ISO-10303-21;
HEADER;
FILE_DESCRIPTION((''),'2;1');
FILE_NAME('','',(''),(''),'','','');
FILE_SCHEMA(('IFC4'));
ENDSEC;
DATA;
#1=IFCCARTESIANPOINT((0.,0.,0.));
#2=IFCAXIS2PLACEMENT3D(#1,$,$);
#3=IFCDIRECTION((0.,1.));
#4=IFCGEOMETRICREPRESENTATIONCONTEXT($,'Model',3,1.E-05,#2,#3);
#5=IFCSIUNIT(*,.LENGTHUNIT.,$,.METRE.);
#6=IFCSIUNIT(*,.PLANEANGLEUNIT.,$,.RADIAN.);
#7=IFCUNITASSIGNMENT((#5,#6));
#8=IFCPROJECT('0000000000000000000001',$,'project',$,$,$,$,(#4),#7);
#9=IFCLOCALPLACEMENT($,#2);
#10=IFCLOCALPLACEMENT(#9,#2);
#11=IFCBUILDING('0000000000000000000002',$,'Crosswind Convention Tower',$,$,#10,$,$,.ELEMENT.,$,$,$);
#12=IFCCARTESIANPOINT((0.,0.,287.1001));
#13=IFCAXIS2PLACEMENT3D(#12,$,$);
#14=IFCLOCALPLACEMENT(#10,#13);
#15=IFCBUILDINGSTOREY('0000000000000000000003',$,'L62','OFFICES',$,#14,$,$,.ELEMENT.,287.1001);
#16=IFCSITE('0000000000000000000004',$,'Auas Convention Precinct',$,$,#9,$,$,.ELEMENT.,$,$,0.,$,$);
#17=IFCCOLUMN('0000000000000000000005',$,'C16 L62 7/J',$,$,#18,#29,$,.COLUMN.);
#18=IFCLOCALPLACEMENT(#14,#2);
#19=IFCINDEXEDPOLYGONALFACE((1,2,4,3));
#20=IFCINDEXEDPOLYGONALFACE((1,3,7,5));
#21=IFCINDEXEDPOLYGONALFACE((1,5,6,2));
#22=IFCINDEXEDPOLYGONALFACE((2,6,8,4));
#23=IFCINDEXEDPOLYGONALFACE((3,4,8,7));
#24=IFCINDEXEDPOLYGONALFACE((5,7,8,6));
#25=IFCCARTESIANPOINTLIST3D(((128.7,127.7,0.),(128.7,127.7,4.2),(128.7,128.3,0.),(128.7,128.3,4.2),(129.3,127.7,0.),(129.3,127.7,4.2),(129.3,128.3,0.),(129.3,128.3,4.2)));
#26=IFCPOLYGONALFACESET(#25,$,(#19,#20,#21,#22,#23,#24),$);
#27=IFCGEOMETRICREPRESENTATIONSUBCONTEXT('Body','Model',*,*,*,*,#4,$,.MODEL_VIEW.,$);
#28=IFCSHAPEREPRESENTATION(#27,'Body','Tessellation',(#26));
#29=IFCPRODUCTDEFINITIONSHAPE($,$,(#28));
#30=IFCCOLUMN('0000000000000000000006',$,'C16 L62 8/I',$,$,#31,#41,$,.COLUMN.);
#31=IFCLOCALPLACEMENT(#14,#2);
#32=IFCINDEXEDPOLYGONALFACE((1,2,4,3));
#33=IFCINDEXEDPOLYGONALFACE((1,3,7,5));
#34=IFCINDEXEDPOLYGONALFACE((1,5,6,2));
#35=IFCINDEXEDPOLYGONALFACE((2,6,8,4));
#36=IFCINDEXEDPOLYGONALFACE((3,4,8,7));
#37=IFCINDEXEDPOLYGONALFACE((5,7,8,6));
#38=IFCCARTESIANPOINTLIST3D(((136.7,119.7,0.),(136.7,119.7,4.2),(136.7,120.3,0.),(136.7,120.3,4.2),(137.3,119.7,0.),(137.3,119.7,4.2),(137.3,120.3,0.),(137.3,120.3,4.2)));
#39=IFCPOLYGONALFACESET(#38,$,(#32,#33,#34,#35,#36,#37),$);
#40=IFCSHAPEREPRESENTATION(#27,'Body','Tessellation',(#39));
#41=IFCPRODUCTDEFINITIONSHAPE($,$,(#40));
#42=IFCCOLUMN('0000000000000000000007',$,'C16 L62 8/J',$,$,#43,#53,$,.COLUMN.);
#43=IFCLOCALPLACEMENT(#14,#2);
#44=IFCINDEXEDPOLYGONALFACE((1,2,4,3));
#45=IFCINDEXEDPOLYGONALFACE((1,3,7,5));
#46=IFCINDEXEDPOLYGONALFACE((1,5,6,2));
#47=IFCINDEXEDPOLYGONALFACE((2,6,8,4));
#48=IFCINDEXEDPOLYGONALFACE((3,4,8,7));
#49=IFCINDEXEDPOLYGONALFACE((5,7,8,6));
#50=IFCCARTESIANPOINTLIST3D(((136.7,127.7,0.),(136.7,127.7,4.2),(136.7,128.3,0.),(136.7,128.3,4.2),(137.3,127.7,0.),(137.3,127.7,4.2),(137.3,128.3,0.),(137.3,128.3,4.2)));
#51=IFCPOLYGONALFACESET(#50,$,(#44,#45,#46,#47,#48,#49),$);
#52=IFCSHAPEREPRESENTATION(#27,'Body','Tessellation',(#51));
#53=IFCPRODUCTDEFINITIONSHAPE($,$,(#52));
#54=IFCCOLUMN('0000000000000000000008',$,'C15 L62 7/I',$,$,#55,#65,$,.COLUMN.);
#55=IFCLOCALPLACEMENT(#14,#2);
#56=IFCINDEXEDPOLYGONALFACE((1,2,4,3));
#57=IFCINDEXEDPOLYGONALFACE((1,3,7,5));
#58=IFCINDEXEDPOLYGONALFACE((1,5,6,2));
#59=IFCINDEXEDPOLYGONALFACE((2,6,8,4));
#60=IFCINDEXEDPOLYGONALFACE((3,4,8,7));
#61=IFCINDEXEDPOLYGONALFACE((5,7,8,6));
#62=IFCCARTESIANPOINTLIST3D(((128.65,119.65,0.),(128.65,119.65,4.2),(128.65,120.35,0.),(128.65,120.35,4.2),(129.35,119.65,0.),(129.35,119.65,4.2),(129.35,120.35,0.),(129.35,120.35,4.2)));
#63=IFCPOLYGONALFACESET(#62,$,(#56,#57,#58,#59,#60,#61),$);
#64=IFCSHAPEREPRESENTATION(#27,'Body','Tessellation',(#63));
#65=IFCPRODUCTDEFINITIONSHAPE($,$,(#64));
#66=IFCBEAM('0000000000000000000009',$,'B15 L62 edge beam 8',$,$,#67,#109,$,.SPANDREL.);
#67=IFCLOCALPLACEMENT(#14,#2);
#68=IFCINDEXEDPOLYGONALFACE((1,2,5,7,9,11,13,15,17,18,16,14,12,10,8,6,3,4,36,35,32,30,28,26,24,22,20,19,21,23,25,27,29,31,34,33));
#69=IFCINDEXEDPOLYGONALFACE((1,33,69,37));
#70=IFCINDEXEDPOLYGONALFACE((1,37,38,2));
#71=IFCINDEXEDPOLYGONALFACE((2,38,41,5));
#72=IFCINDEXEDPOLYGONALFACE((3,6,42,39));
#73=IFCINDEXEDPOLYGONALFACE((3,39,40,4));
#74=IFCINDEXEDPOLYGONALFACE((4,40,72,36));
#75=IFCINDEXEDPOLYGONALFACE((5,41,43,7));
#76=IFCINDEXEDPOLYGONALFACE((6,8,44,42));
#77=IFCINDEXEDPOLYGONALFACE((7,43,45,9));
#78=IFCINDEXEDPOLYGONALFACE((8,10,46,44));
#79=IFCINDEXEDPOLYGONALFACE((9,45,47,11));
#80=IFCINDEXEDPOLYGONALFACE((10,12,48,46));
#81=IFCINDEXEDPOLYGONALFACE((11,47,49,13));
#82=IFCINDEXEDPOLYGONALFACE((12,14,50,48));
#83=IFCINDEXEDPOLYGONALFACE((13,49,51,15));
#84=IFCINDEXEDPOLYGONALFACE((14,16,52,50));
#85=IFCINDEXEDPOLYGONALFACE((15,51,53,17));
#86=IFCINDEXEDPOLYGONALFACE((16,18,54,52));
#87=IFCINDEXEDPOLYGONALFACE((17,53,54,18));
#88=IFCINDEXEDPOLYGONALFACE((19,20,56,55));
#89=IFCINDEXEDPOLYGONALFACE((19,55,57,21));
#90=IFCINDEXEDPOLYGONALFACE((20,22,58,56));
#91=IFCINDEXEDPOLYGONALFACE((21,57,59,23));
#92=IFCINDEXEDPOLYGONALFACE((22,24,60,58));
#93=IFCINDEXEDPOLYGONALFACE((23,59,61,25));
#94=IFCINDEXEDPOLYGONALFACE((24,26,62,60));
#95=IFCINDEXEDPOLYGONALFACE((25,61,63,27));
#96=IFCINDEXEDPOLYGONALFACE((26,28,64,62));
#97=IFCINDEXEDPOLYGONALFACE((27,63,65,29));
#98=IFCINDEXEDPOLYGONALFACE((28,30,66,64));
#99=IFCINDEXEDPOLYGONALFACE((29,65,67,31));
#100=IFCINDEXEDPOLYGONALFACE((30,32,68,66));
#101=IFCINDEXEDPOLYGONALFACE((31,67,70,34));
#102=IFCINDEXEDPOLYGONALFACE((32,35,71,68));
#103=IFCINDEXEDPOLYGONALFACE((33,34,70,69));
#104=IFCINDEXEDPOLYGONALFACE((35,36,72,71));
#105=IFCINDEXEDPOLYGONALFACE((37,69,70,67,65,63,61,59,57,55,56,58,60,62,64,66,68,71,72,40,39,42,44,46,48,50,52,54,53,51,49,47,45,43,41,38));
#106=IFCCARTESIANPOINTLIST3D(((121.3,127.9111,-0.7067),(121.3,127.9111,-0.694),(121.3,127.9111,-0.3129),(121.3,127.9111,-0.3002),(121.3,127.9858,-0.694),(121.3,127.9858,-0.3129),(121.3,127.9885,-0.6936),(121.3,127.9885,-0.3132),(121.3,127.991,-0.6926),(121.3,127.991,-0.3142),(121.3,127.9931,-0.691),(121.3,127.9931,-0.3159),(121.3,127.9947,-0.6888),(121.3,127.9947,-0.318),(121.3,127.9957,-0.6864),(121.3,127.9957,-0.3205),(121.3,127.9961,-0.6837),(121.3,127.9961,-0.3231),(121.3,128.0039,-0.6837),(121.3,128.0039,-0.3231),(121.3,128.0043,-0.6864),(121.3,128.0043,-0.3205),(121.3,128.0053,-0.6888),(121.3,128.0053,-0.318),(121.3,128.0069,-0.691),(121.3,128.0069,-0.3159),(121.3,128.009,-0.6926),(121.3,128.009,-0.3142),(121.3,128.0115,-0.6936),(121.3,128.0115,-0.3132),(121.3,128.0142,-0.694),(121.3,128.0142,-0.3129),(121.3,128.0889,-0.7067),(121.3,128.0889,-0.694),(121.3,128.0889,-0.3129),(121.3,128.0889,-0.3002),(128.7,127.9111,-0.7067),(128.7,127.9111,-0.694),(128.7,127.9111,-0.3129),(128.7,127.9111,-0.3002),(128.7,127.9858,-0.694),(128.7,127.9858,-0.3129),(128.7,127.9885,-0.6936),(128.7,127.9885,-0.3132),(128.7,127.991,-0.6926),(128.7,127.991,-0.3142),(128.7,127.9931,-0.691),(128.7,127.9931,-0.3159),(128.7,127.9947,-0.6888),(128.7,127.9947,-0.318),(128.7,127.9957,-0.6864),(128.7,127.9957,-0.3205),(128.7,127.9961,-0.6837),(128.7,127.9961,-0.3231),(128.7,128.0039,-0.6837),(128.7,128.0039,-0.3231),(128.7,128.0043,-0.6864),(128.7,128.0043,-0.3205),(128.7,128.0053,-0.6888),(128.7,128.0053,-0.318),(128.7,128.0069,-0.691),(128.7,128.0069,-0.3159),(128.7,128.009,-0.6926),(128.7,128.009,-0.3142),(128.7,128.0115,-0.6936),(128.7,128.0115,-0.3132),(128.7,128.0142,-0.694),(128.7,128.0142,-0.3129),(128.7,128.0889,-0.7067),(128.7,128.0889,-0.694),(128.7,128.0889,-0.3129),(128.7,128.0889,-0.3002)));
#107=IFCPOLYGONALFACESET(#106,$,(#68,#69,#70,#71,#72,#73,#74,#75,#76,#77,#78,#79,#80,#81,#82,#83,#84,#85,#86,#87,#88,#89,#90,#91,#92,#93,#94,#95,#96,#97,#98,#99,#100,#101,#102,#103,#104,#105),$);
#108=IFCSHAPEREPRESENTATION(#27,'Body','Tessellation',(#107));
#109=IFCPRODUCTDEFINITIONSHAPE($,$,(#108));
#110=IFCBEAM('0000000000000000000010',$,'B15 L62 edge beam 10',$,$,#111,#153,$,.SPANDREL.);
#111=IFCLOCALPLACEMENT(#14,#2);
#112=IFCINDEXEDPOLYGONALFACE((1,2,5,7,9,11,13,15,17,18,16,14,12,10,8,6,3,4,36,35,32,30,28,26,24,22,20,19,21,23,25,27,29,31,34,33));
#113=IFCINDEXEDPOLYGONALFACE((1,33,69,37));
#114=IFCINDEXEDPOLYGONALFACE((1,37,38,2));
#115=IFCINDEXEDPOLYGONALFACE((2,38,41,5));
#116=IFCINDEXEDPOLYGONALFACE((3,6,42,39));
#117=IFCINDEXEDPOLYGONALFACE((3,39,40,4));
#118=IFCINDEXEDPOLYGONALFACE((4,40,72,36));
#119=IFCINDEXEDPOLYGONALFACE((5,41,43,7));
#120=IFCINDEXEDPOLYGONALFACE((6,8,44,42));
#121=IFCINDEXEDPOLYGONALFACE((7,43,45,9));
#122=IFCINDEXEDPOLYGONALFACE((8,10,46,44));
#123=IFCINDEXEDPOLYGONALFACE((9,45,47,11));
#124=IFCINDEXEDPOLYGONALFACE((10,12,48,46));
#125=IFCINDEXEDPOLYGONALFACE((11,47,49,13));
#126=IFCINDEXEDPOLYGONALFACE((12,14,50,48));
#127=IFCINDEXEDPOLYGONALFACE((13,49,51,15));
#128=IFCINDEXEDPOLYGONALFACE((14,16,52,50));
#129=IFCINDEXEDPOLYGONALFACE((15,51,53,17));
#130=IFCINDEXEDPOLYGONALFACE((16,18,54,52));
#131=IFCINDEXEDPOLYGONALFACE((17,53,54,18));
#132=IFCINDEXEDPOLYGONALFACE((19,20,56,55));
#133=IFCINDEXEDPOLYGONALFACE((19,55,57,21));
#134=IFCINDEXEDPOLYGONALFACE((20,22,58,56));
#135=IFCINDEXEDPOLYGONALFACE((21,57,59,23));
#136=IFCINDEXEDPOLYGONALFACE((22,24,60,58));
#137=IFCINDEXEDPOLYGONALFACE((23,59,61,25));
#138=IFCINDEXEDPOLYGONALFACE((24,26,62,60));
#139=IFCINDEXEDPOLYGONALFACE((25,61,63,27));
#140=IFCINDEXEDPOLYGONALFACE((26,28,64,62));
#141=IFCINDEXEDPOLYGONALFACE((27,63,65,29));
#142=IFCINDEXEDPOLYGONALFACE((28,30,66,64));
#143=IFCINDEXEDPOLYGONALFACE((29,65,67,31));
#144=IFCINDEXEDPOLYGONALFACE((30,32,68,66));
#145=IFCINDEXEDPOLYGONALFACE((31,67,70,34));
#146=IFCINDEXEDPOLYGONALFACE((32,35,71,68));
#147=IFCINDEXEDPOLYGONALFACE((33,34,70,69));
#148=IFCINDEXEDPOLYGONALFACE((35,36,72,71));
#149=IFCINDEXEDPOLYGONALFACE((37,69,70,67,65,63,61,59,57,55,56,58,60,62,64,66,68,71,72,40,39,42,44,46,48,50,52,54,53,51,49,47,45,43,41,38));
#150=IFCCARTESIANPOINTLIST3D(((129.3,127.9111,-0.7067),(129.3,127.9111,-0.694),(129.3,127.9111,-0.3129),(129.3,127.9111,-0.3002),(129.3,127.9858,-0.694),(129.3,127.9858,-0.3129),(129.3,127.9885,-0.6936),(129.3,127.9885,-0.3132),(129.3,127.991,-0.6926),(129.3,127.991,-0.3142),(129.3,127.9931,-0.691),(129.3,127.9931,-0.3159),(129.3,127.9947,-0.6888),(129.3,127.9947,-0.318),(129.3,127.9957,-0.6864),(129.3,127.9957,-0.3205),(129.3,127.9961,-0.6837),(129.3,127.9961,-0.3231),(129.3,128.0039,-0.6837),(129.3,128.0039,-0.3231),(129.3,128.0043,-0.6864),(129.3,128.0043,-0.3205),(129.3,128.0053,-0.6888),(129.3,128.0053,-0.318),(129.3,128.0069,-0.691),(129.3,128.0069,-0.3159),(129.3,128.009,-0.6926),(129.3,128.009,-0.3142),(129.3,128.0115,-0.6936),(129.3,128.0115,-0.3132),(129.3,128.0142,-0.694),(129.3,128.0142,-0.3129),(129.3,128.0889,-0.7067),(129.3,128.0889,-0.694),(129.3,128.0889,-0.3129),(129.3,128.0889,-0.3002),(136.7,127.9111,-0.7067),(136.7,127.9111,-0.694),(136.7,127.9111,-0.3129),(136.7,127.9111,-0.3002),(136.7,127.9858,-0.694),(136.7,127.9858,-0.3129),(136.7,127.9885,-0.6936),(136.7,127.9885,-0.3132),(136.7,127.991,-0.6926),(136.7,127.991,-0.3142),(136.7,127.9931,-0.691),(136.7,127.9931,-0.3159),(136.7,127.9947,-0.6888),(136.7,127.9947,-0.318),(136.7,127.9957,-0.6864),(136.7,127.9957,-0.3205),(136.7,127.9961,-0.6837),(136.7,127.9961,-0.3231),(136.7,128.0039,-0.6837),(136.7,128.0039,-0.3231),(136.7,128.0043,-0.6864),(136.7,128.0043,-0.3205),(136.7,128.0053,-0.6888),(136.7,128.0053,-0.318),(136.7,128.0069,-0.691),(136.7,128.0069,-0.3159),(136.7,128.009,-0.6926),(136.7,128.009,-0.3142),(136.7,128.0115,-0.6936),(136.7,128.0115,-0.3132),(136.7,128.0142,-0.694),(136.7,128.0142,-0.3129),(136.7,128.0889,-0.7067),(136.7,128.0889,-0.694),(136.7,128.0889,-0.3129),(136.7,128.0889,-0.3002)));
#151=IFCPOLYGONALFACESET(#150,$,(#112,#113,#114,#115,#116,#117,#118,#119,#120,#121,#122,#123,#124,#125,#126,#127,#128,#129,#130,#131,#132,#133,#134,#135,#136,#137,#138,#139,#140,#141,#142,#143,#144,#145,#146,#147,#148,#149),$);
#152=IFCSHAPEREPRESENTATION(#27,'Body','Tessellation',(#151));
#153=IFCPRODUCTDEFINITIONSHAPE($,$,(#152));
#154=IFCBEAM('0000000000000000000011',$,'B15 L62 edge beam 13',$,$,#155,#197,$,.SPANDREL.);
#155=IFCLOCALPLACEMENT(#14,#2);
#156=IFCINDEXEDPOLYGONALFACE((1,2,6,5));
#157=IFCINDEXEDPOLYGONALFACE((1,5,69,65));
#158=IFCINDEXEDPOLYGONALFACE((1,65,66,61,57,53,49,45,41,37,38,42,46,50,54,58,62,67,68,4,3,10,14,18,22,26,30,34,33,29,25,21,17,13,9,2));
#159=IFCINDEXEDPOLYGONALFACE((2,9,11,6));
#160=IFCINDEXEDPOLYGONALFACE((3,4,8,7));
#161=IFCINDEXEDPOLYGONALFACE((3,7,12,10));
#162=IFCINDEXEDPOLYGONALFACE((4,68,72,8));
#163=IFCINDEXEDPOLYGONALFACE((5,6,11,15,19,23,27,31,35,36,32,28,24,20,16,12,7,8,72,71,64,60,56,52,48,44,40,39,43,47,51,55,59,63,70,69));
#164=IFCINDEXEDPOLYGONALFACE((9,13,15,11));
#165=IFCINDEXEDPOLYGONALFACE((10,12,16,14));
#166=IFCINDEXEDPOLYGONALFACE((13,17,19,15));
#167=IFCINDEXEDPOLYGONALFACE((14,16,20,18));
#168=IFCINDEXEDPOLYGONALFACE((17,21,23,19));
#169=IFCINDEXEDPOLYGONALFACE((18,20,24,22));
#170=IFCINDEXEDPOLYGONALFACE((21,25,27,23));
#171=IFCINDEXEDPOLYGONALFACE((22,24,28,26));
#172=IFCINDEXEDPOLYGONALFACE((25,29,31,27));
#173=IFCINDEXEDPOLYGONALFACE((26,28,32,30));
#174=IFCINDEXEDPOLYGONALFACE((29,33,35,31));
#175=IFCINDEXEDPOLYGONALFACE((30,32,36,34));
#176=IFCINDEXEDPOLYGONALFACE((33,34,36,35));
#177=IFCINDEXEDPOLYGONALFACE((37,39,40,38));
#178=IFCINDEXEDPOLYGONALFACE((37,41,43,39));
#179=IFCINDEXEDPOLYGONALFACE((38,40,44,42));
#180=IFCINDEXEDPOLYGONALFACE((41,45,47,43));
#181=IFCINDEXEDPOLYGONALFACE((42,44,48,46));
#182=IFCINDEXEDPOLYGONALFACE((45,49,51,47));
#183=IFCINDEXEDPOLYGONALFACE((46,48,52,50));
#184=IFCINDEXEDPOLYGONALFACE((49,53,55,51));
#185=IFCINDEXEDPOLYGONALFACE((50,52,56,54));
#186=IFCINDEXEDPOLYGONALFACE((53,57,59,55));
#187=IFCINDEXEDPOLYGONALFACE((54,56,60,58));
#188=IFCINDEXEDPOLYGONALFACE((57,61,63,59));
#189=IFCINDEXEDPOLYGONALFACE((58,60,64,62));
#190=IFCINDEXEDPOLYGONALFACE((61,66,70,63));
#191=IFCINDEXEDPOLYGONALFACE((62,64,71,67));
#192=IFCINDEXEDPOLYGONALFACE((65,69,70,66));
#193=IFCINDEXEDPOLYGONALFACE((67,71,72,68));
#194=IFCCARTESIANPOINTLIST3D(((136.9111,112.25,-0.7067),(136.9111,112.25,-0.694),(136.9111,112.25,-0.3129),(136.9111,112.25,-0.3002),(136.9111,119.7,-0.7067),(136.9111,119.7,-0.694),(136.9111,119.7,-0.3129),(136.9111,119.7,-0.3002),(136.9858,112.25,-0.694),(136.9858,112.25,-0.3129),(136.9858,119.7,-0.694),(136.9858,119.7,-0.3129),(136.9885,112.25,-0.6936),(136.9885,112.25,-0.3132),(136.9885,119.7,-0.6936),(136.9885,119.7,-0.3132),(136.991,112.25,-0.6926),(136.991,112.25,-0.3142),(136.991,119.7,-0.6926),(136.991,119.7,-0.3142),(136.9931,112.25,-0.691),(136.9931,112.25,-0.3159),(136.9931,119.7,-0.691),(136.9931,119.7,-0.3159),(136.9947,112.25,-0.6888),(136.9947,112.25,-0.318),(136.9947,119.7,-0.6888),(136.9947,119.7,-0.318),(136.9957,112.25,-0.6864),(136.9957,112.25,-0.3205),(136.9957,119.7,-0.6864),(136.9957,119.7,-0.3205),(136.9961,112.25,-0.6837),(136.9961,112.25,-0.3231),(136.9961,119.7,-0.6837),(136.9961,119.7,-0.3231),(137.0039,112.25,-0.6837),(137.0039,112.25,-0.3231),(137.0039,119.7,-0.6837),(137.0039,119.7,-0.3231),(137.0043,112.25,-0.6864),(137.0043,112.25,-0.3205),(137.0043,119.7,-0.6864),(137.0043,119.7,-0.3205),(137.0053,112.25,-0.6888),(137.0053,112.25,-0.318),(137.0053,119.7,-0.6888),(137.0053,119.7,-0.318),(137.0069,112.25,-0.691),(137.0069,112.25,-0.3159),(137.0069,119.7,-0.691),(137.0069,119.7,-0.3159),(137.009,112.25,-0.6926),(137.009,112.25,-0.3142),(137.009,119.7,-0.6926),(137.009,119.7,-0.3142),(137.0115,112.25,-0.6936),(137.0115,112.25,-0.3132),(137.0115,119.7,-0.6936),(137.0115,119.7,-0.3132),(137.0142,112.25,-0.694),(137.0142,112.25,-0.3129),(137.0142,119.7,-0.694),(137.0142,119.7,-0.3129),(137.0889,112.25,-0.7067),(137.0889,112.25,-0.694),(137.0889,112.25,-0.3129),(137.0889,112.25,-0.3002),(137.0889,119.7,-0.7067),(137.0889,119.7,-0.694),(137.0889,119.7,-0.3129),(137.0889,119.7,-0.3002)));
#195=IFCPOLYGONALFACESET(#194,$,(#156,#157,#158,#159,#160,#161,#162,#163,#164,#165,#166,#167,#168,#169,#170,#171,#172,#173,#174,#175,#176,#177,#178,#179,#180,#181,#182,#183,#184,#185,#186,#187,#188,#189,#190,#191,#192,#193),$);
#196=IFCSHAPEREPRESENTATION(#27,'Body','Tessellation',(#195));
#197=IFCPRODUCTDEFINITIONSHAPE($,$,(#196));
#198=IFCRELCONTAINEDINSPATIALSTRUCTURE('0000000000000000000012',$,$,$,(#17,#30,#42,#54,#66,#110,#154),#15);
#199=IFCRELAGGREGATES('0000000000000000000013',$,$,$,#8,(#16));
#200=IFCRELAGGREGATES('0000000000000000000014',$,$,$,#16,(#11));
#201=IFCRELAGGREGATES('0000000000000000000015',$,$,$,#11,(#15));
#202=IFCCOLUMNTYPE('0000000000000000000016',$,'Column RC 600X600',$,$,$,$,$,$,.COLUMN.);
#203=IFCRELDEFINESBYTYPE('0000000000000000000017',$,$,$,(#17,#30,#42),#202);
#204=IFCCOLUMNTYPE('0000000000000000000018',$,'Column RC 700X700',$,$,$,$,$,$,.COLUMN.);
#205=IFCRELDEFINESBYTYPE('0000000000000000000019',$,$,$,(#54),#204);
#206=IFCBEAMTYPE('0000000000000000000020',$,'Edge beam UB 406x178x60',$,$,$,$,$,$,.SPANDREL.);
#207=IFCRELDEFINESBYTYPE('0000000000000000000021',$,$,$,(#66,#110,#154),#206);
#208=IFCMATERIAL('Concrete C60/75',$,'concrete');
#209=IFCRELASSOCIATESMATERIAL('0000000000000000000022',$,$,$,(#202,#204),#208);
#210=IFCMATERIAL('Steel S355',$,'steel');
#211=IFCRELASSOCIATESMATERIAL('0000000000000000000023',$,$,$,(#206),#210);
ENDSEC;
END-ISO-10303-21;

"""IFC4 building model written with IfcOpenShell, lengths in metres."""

from ifc_helpers import new_model, si_unit, direction, frame, origin, origin_2d, place, context, subcontext, project, spatial, rectangle, i_section, extrude, material, material_profile, profile_set, type_object, element, save


model = new_model("IFC4")

# Units and contexts
model_context = context("Model", 3, precision=1e-05, world=origin(), true_north=direction((0.0, 1.0)))
body_context = subcontext(model_context, "Body", "Model", "MODEL_VIEW")
ifc_project = project(units=[si_unit("LENGTHUNIT", "METRE"), si_unit("PLANEANGLEUNIT", "RADIAN")], contexts=[model_context])

# Site, building, storey
site_placement = place(None, origin())
site = spatial("IfcSite", under=ifc_project, at=site_placement, Name="Auas Convention Precinct", CompositionType="ELEMENT", RefElevation=0.0)
building_placement = place(site_placement, origin())
building = spatial("IfcBuilding", under=site, at=building_placement, Name="Crosswind Convention Tower", CompositionType="ELEMENT")
storey_placement = place(building_placement, frame((0.0, 0.0, 287.1001)))
storey = spatial("IfcBuildingStorey", under=building, at=storey_placement, Name="L62", Description="OFFICES", CompositionType="ELEMENT", Elevation=287.1001)

# Columns
ifc_material_1 = material(Name="Concrete C60/75", Category="concrete")
ifc_material_profile_1 = material_profile(ifc_material_1, rectangle(XDim=0.6001, YDim=0.6001, at=origin_2d()), Name="RC 600X600")
ifc_profile_set_1 = profile_set([ifc_material_profile_1], Name="Concrete C60/75")
column_type_1 = type_object("IfcColumnType", Name="Column RC 600X600", PredefinedType="COLUMN", material=ifc_profile_set_1)
for number, where, z_axis, x_axis, name in (
    (1, (129.0, 128.0, 0.0), (0.0, 0.0, 1.0), (1.0, 0.0, 0.0), "C16 L62 7/J"),
    (2, (137.0, 120.0, 0.0), (0.0, 0.0, 1.0), (1.0, 0.0, 0.0), "C16 L62 8/I"),
    (3, (137.0, 128.0, 0.0), (0.0, 0.0, 1.0), (1.0, 0.0, 0.0), "C16 L62 8/J"),
):
    element("IfcColumn", number, at=place(storey_placement, frame(where, z_axis=z_axis, x_axis=x_axis)), inside=storey, type_object=column_type_1, Name=name, PredefinedType="COLUMN", context=body_context, shape_type="SweptSolid", body=[
        extrude(rectangle(XDim=0.6001, YDim=0.6001, at=origin_2d()), origin(), (0.0, 0.0, 1.0), 4.2),
    ])
ifc_material_profile_2 = material_profile(ifc_material_1, rectangle(XDim=0.7, YDim=0.7, at=origin_2d()), Name="RC 700X700")
ifc_profile_set_2 = profile_set([ifc_material_profile_2], Name="Concrete C60/75")
column_type_2 = type_object("IfcColumnType", Name="Column RC 700X700", PredefinedType="COLUMN", material=ifc_profile_set_2)
column_placement = place(storey_placement, frame((129.0, 120.0, 0.0), z_axis=(0.0, 0.0, 1.0), x_axis=(1.0, 0.0, 0.0)))
element("IfcColumn", 4, at=column_placement, inside=storey, type_object=column_type_2, Name="C15 L62 7/I", PredefinedType="COLUMN", context=body_context, shape_type="SweptSolid", body=[
    extrude(rectangle(XDim=0.7, YDim=0.7, at=origin_2d()), origin(), (0.0, 0.0, 1.0), 4.2),
])

# Beams
ifc_material_2 = material(Name="Steel S355", Category="steel")
ifc_material_profile_3 = material_profile(ifc_material_2, i_section(OverallWidth=0.1777, OverallDepth=0.4065, WebThickness=0.0078, FlangeThickness=0.0127, FilletRadius=0.0103, at=origin_2d()), Name="UB 406x178x60")
ifc_profile_set_3 = profile_set([ifc_material_profile_3], Name="Steel S355")
beam_type_1 = type_object("IfcBeamType", Name="Edge beam UB 406x178x60", PredefinedType="SPANDREL", material=ifc_profile_set_3)
for number, where, z_axis, x_axis, name in (
    (5, (121.3, 128.0, -0.5034), (1.0, 0.0, 0.0), (0.0, 1.0, 0.0), "B15 L62 edge beam 8"),
    (6, (129.3, 128.0, -0.5034), (1.0, 0.0, 0.0), (0.0, 1.0, 0.0), "B15 L62 edge beam 10"),
):
    element("IfcBeam", number, at=place(storey_placement, frame(where, z_axis=z_axis, x_axis=x_axis)), inside=storey, type_object=beam_type_1, Name=name, PredefinedType="SPANDREL", context=body_context, shape_type="SweptSolid", body=[
        extrude(i_section(OverallWidth=0.1777, OverallDepth=0.4065, WebThickness=0.0078, FlangeThickness=0.0127, FilletRadius=0.0103, at=origin_2d()), origin(), (0.0, 0.0, 1.0), 7.3999),
    ])
beam_1_placement = place(storey_placement, frame((137.0, 112.25, -0.5034), z_axis=(0.0, 1.0, 0.0), x_axis=(-1.0, 0.0, 0.0)))
element("IfcBeam", 7, at=beam_1_placement, inside=storey, type_object=beam_type_1, Name="B15 L62 edge beam 13", PredefinedType="SPANDREL", context=body_context, shape_type="SweptSolid", body=[
    extrude(i_section(OverallWidth=0.1777, OverallDepth=0.4065, WebThickness=0.0078, FlangeThickness=0.0127, FilletRadius=0.0103, at=origin_2d()), origin(), (0.0, 0.0, 1.0), 7.45),
])

save(model, "model.ifc")
